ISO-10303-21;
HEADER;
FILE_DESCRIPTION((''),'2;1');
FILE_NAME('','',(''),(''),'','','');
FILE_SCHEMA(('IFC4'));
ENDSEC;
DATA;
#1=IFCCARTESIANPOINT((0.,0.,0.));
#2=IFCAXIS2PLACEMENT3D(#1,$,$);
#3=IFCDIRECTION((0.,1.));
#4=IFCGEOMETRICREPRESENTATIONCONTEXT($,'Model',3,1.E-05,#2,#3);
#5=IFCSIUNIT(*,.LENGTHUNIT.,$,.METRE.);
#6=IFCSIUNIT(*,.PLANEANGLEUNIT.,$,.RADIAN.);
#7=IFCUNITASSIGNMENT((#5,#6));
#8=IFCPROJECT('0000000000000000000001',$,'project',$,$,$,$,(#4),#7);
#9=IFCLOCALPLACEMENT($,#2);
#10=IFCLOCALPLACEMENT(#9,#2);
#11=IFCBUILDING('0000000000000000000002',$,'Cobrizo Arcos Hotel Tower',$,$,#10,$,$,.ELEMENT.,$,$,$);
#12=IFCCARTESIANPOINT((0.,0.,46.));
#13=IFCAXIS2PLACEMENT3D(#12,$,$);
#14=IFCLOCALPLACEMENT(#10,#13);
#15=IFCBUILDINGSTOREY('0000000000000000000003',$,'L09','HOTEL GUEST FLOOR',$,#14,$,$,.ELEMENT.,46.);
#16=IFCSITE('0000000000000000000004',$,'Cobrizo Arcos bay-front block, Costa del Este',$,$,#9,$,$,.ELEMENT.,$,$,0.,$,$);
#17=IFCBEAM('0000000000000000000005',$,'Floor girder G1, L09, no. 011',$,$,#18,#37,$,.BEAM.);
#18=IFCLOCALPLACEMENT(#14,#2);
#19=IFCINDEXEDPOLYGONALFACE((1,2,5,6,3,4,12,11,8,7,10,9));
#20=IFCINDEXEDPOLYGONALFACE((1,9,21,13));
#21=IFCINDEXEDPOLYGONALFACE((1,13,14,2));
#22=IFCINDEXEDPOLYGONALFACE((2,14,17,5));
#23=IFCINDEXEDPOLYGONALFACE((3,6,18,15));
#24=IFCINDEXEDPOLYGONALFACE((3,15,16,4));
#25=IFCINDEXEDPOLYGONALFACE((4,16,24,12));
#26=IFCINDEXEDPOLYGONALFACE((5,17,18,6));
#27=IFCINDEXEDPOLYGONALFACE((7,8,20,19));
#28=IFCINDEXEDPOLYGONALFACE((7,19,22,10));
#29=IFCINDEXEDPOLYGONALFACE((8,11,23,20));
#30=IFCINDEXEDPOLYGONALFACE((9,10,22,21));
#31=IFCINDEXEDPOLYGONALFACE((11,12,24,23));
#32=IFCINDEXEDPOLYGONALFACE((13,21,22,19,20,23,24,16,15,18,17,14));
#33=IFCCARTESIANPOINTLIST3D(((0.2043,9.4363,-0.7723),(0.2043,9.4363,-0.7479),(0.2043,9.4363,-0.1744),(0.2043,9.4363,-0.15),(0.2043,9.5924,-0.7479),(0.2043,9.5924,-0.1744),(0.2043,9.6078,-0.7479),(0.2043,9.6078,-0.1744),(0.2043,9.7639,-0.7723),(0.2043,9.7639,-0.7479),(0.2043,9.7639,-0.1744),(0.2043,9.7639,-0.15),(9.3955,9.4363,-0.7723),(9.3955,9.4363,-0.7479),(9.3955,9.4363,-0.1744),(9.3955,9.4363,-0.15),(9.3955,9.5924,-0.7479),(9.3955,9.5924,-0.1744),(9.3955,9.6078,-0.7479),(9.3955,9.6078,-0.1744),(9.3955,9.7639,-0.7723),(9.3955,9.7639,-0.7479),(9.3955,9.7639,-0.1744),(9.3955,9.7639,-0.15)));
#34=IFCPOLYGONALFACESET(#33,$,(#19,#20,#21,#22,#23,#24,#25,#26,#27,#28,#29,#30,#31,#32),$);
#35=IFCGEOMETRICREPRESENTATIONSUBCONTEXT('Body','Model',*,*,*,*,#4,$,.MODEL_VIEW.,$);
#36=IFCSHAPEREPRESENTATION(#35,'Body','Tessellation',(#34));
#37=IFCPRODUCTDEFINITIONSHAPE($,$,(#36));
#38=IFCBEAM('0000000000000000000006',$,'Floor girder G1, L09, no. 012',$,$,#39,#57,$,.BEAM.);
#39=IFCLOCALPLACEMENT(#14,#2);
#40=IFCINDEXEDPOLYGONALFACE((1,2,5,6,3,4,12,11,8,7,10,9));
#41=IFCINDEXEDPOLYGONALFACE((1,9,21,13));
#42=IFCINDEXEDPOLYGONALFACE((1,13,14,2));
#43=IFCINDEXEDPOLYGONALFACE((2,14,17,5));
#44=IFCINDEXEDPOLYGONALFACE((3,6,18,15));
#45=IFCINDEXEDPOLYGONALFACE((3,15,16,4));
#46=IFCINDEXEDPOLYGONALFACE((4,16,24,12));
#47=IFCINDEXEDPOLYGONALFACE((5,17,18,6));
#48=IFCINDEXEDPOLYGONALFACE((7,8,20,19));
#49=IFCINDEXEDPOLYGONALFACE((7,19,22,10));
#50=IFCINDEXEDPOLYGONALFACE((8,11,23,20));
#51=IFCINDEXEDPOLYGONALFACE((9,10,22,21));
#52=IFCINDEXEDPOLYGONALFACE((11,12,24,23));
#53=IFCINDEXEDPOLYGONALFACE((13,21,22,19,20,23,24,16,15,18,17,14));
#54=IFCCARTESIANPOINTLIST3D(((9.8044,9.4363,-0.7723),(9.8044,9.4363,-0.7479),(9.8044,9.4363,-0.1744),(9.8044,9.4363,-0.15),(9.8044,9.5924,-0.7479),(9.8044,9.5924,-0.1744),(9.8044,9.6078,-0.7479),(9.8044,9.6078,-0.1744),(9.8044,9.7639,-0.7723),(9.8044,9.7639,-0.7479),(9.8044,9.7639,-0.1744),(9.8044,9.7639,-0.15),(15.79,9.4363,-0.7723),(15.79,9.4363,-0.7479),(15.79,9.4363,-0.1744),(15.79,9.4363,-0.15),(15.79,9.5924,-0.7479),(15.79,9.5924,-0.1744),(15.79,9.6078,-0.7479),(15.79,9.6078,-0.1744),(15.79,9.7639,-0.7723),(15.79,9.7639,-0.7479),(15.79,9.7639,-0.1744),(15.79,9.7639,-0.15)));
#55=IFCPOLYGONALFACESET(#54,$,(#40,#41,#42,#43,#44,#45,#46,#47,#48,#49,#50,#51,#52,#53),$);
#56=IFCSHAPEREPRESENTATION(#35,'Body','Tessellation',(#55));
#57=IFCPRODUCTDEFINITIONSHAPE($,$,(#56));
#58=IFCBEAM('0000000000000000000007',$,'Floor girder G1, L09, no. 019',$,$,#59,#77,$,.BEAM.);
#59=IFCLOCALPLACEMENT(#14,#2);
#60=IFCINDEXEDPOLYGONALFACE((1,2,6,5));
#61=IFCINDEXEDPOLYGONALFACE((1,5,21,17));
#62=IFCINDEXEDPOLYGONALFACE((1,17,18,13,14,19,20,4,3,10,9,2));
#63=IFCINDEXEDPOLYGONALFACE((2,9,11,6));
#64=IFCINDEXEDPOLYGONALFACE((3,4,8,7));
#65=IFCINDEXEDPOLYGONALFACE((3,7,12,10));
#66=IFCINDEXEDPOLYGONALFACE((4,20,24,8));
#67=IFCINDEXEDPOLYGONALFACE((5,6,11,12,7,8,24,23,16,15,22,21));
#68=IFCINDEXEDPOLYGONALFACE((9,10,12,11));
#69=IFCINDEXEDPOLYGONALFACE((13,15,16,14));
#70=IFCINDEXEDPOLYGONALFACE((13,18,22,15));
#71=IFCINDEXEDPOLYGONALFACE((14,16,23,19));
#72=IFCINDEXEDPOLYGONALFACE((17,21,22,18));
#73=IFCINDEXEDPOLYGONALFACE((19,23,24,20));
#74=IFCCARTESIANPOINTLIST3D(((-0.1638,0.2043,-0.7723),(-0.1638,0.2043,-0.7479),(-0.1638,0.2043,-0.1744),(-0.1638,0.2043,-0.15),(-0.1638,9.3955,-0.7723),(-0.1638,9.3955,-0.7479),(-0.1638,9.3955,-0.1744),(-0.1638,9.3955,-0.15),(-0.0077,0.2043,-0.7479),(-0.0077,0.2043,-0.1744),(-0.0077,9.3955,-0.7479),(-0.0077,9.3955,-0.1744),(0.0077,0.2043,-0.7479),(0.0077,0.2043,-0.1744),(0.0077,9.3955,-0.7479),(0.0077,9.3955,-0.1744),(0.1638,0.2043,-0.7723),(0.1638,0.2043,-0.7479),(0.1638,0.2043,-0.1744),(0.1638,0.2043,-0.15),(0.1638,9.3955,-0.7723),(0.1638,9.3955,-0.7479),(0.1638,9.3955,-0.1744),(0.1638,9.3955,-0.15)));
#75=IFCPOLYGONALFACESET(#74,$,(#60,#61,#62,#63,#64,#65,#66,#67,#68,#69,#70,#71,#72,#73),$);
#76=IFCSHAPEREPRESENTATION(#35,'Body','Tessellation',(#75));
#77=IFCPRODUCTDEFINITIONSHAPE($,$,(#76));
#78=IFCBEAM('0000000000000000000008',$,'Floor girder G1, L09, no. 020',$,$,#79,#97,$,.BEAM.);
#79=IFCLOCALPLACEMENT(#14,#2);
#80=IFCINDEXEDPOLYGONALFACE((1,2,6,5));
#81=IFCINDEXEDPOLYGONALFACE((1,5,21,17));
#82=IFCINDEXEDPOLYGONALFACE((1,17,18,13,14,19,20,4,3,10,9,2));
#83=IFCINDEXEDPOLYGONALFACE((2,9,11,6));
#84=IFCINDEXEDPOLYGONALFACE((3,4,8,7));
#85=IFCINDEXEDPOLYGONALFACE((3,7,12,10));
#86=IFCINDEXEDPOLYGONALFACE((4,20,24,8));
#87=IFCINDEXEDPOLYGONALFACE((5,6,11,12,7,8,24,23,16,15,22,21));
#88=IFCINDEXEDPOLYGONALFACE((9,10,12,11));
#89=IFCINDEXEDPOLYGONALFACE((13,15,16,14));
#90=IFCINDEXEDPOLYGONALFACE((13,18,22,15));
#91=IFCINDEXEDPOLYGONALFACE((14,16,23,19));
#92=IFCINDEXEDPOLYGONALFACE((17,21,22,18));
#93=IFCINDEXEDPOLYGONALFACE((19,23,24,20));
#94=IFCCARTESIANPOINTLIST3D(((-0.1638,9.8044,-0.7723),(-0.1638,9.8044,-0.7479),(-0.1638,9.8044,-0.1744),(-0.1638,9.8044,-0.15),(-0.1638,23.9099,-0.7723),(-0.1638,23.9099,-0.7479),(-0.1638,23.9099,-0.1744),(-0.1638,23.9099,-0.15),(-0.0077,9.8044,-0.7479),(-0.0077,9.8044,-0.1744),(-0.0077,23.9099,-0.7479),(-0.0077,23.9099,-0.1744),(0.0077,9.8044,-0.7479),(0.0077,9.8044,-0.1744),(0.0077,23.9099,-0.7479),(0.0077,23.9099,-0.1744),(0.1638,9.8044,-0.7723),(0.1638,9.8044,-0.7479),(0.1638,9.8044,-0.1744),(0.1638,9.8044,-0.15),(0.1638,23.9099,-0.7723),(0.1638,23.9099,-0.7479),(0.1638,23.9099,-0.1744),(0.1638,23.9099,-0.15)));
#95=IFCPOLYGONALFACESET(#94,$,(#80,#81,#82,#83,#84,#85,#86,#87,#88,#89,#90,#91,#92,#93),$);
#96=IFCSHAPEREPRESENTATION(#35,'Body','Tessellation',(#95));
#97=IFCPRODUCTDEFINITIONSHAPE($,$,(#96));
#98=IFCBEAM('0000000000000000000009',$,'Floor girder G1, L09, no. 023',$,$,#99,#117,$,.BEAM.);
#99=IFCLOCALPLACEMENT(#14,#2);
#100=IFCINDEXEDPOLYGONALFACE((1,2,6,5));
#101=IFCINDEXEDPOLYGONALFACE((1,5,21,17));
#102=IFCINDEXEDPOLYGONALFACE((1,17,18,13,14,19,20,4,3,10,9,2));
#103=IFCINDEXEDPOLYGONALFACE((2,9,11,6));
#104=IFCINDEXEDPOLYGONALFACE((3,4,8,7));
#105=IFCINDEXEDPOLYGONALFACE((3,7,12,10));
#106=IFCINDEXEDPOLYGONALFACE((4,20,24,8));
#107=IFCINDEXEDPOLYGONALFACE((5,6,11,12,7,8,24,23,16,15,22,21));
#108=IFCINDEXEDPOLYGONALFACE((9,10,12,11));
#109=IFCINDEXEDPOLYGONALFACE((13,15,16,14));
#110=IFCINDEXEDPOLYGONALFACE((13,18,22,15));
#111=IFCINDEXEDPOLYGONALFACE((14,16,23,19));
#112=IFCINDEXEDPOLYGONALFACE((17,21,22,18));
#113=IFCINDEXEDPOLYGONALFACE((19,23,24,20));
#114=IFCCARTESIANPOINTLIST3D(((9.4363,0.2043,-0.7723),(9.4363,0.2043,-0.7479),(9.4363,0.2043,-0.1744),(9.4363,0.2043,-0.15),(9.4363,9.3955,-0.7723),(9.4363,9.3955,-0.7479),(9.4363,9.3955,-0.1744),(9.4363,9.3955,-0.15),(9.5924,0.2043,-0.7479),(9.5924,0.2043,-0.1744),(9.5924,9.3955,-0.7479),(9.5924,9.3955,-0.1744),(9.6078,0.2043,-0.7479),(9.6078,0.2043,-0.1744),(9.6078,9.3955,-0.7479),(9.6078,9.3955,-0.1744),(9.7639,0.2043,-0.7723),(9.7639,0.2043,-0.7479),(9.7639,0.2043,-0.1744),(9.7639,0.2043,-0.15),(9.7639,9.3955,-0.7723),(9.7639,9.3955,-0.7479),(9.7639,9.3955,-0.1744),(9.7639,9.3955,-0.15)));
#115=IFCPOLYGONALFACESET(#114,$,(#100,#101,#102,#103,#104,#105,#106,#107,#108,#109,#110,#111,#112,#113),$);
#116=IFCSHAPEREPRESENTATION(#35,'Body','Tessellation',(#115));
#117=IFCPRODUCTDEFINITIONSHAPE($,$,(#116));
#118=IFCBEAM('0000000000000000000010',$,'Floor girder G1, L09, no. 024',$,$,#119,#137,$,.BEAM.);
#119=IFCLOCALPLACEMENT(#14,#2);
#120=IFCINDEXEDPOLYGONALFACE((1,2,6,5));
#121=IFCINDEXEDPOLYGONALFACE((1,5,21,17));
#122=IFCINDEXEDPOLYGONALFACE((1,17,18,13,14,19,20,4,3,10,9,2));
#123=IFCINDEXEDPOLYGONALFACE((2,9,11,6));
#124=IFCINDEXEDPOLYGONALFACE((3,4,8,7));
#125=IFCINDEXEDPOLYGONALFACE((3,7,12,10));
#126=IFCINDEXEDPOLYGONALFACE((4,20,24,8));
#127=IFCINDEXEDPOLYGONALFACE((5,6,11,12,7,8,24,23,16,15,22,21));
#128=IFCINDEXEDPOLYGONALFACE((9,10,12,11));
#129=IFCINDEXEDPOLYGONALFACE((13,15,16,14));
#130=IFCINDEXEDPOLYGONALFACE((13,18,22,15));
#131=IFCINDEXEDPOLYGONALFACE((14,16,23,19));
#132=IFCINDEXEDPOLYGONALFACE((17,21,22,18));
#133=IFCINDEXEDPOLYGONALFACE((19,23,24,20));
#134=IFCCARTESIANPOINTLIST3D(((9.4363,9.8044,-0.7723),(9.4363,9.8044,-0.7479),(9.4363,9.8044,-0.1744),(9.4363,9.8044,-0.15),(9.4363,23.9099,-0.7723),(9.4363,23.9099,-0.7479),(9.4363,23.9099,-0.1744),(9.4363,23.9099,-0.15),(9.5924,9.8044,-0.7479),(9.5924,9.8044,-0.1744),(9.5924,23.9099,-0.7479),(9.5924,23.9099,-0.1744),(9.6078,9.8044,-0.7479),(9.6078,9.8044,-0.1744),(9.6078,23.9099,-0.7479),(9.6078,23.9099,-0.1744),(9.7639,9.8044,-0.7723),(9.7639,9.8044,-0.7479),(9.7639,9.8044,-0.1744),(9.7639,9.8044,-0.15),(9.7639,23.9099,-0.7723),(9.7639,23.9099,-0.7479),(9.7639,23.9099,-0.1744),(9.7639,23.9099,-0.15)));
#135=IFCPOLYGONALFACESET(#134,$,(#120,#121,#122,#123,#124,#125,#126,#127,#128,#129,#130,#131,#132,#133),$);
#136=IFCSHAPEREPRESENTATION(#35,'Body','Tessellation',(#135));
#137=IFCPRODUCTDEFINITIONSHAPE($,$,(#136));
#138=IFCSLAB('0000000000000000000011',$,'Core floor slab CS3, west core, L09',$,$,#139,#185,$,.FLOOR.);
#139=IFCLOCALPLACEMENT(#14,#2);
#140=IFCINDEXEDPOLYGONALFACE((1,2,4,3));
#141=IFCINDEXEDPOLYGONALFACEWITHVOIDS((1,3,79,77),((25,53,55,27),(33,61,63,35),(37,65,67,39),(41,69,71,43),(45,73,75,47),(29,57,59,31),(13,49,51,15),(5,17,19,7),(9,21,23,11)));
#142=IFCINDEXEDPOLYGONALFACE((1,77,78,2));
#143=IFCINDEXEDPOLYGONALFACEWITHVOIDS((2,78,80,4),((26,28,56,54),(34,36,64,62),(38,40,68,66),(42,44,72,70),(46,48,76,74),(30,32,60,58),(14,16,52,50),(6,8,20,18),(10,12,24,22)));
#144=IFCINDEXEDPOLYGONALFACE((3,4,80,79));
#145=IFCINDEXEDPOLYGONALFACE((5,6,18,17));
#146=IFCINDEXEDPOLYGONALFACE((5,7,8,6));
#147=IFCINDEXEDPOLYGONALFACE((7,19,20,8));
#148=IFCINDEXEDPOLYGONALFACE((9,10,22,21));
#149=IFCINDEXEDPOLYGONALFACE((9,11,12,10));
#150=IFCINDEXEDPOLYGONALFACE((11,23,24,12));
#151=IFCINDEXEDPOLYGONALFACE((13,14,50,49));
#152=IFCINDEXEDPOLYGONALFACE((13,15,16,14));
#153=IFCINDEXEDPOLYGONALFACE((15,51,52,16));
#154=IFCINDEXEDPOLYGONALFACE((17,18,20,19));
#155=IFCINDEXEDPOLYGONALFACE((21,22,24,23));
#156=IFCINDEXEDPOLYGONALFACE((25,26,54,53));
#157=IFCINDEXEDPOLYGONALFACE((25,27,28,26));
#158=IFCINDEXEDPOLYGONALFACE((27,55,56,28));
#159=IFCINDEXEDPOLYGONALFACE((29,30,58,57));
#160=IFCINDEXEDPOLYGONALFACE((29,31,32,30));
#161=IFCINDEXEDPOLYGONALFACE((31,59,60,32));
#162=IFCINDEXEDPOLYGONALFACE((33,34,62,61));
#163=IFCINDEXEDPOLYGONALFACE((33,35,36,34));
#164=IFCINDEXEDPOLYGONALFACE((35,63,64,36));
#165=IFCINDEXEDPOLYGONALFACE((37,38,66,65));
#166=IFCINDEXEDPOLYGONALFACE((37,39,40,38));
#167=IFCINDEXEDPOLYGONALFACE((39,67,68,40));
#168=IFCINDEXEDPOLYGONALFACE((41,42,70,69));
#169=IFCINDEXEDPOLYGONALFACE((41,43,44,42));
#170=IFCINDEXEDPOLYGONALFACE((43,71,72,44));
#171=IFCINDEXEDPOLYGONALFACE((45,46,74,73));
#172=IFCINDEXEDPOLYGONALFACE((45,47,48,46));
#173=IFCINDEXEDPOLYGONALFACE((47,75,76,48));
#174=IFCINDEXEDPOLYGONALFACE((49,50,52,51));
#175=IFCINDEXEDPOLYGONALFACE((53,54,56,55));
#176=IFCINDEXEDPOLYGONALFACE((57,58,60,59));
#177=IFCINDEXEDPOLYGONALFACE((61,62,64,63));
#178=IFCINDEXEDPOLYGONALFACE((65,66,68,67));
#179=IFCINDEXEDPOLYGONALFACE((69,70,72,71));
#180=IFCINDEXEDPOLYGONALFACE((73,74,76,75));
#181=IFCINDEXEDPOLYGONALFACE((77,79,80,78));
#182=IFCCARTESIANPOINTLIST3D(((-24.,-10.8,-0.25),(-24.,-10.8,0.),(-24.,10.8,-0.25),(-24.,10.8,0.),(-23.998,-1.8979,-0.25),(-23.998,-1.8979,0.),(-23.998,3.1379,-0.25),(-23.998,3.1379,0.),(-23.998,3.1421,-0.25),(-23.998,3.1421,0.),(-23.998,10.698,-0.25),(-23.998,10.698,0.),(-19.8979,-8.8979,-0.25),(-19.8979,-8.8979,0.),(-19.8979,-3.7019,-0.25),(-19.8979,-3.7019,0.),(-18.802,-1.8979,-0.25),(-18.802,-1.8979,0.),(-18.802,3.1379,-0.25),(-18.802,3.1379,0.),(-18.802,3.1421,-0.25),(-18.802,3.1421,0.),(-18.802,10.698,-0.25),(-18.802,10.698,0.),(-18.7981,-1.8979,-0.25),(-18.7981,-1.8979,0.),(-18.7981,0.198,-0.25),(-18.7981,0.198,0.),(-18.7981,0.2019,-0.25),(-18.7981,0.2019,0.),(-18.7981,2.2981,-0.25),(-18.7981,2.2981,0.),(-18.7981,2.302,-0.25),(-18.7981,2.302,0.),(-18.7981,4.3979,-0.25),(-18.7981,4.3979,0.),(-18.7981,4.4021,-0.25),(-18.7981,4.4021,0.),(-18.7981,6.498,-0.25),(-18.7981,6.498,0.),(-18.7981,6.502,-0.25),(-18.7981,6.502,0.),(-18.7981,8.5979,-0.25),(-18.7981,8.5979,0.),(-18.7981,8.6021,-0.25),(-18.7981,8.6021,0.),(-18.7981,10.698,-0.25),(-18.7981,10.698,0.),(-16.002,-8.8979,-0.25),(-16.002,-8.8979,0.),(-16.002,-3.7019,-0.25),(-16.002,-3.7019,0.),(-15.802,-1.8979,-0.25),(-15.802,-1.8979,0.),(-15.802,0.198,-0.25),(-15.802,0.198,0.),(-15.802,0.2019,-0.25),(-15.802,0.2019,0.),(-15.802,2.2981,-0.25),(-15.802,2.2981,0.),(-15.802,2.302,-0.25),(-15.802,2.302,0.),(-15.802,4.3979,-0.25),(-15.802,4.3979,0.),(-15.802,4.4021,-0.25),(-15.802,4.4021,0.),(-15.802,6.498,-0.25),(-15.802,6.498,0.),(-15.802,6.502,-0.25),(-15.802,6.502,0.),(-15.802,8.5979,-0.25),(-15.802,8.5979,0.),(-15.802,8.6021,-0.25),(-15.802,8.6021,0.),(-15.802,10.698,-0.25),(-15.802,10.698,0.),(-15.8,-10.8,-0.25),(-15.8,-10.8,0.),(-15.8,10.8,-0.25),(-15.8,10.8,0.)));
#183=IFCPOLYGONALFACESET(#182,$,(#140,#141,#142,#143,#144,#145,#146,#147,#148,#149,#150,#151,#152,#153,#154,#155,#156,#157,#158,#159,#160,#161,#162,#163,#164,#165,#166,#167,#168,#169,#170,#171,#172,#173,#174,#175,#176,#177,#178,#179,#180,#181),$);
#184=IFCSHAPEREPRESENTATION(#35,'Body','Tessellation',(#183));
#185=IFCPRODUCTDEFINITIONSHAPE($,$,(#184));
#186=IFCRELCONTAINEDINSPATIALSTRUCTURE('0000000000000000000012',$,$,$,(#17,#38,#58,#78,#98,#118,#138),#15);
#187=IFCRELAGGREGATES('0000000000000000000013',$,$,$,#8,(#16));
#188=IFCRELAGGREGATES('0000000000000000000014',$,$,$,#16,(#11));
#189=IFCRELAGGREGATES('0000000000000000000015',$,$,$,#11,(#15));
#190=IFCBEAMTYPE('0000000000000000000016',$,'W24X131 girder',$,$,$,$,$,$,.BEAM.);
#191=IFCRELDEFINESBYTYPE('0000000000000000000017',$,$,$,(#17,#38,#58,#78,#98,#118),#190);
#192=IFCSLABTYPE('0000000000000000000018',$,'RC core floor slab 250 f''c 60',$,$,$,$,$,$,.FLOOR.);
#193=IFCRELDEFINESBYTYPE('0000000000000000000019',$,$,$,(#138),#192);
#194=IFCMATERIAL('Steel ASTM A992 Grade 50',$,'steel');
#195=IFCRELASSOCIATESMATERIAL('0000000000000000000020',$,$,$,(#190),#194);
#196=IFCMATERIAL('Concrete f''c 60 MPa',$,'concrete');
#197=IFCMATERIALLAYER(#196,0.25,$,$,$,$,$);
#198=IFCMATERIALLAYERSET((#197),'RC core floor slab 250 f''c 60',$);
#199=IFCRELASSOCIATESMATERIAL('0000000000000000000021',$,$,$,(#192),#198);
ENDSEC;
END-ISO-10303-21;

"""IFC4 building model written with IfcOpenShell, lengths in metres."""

from ifc_helpers import new_model, si_unit, direction, frame, origin, origin_2d, place, context, subcontext, project, spatial, polyline, i_section, outline, extrude, material, layer, layer_set, material_profile, profile_set, type_object, element, save


model = new_model("IFC4")

# Units and contexts
model_context = context("Model", 3, precision=1e-05, world=origin(), true_north=direction((0.0, 1.0)))
body_context = subcontext(model_context, "Body", "Model", "MODEL_VIEW")
ifc_project = project(units=[si_unit("LENGTHUNIT", "METRE"), si_unit("PLANEANGLEUNIT", "RADIAN")], contexts=[model_context])

# Site, building, storey
site_placement = place(None, origin())
site = spatial("IfcSite", under=ifc_project, at=site_placement, Name="Cobrizo Arcos bay-front block, Costa del Este", CompositionType="ELEMENT", RefElevation=0.0)
building_placement = place(site_placement, origin())
building = spatial("IfcBuilding", under=site, at=building_placement, Name="Cobrizo Arcos Hotel Tower", CompositionType="ELEMENT")
storey_placement = place(building_placement, frame((0.0, 0.0, 46.0)))
storey = spatial("IfcBuildingStorey", under=building, at=storey_placement, Name="L09", Description="HOTEL GUEST FLOOR", CompositionType="ELEMENT", Elevation=46.0)

# Shared definitions
ifc_material_1 = material(Name="Steel ASTM A992 Grade 50", Category="steel")

# Beams
ifc_material_profile_1 = material_profile(ifc_material_1, i_section(OverallWidth=0.3276, OverallDepth=0.6223, WebThickness=0.0154, FlangeThickness=0.0244, at=origin_2d()), Name="W24X131")
ifc_profile_set_1 = profile_set([ifc_material_profile_1], Name="Steel ASTM A992 Grade 50")
beam_type_1 = type_object("IfcBeamType", Name="W24X131 girder", PredefinedType="BEAM", material=ifc_profile_set_1)
beam_1_placement = place(storey_placement, frame((0.2043, 9.6001, -0.4612), z_axis=(1.0, 0.0, 0.0), x_axis=(0.0, 1.0, 0.0)))
element("IfcBeam", 1, at=beam_1_placement, inside=storey, type_object=beam_type_1, Name="Floor girder G1, L09, no. 011", PredefinedType="BEAM", context=body_context, shape_type="SweptSolid", body=[
    extrude(i_section(OverallWidth=0.3276, OverallDepth=0.6223, WebThickness=0.0154, FlangeThickness=0.0244, at=origin_2d()), origin(), (0.0, 0.0, 1.0), 9.1912),
])
beam_2_placement = place(storey_placement, frame((9.8044, 9.6001, -0.4612), z_axis=(1.0, 0.0, 0.0), x_axis=(0.0, 1.0, 0.0)))
element("IfcBeam", 2, at=beam_2_placement, inside=storey, type_object=beam_type_1, Name="Floor girder G1, L09, no. 012", PredefinedType="BEAM", context=body_context, shape_type="SweptSolid", body=[
    extrude(i_section(OverallWidth=0.3276, OverallDepth=0.6223, WebThickness=0.0154, FlangeThickness=0.0244, at=origin_2d()), origin(), (0.0, 0.0, 1.0), 5.9856),
])
beam_3_placement = place(storey_placement, frame((0.0, 0.2043, -0.4612), z_axis=(0.0, 1.0, 0.0), x_axis=(-1.0, 0.0, 0.0)))
element("IfcBeam", 3, at=beam_3_placement, inside=storey, type_object=beam_type_1, Name="Floor girder G1, L09, no. 019", PredefinedType="BEAM", context=body_context, shape_type="SweptSolid", body=[
    extrude(i_section(OverallWidth=0.3276, OverallDepth=0.6223, WebThickness=0.0154, FlangeThickness=0.0244, at=origin_2d()), origin(), (0.0, 0.0, 1.0), 9.1912),
])
beam_4_placement = place(storey_placement, frame((0.0, 9.8044, -0.4612), z_axis=(0.0, 1.0, 0.0), x_axis=(-1.0, 0.0, 0.0)))
element("IfcBeam", 4, at=beam_4_placement, inside=storey, type_object=beam_type_1, Name="Floor girder G1, L09, no. 020", PredefinedType="BEAM", context=body_context, shape_type="SweptSolid", body=[
    extrude(i_section(OverallWidth=0.3276, OverallDepth=0.6223, WebThickness=0.0154, FlangeThickness=0.0244, at=origin_2d()), origin(), (0.0, 0.0, 1.0), 14.1055),
])
beam_5_placement = place(storey_placement, frame((9.6001, 0.2043, -0.4612), z_axis=(0.0, 1.0, 0.0), x_axis=(-1.0, 0.0, 0.0)))
element("IfcBeam", 5, at=beam_5_placement, inside=storey, type_object=beam_type_1, Name="Floor girder G1, L09, no. 023", PredefinedType="BEAM", context=body_context, shape_type="SweptSolid", body=[
    extrude(i_section(OverallWidth=0.3276, OverallDepth=0.6223, WebThickness=0.0154, FlangeThickness=0.0244, at=origin_2d()), origin(), (0.0, 0.0, 1.0), 9.1912),
])
beam_6_placement = place(storey_placement, frame((9.6001, 9.8044, -0.4612), z_axis=(0.0, 1.0, 0.0), x_axis=(-1.0, 0.0, 0.0)))
element("IfcBeam", 6, at=beam_6_placement, inside=storey, type_object=beam_type_1, Name="Floor girder G1, L09, no. 024", PredefinedType="BEAM", context=body_context, shape_type="SweptSolid", body=[
    extrude(i_section(OverallWidth=0.3276, OverallDepth=0.6223, WebThickness=0.0154, FlangeThickness=0.0244, at=origin_2d()), origin(), (0.0, 0.0, 1.0), 14.1055),
])

# Slab
ifc_material_2 = material(Name="Concrete f'c 60 MPa", Category="concrete")
ifc_layer_1 = layer(ifc_material_2, 0.25)
ifc_layer_set_1 = layer_set([ifc_layer_1], Name="RC core floor slab 250 f'c 60")
slab_type_1 = type_object("IfcSlabType", Name="RC core floor slab 250 f'c 60", PredefinedType="FLOOR", material=ifc_layer_set_1)
slab_1_placement = place(storey_placement, frame((0.0, 0.0, -0.25)))
element("IfcSlab", 7, at=slab_1_placement, inside=storey, type_object=slab_type_1, Name="Core floor slab CS3, west core, L09", PredefinedType="FLOOR", context=body_context, shape_type="SweptSolid", body=[
    extrude(outline(polyline([(-24.0, 10.8), (-15.8, 10.8), (-15.8, -10.8), (-24.0, -10.8), (-24.0, 10.8)]), holes=[polyline([(-19.8979, -3.7019), (-19.8979, -8.8979), (-16.002, -8.8979), (-16.002, -3.7019), (-19.8979, -3.7019)]), polyline([(-15.802, 0.198), (-18.7981, 0.198), (-18.7981, -1.8979), (-15.802, -1.8979), (-15.802, 0.198)]), polyline([(-18.802, 3.1379), (-23.998, 3.1379), (-23.998, -1.8979), (-18.802, -1.8979), (-18.802, 3.1379)]), polyline([(-15.802, 2.2981), (-18.7981, 2.2981), (-18.7981, 0.2019), (-15.802, 0.2019), (-15.802, 2.2981)]), polyline([(-15.802, 4.3979), (-18.7981, 4.3979), (-18.7981, 2.302), (-15.802, 2.302), (-15.802, 4.3979)]), polyline([(-15.802, 6.498), (-18.7981, 6.498), (-18.7981, 4.4021), (-15.802, 4.4021), (-15.802, 6.498)]), polyline([(-18.802, 10.698), (-23.998, 10.698), (-23.998, 3.1421), (-18.802, 3.1421), (-18.802, 10.698)]), polyline([(-15.802, 8.5979), (-18.7981, 8.5979), (-18.7981, 6.502), (-15.802, 6.502), (-15.802, 8.5979)]), polyline([(-15.802, 10.698), (-18.7981, 10.698), (-18.7981, 8.6021), (-15.802, 8.6021), (-15.802, 10.698)])]), origin(), (0.0, 0.0, 1.0), 0.25),
])

save(model, "model.ifc")
